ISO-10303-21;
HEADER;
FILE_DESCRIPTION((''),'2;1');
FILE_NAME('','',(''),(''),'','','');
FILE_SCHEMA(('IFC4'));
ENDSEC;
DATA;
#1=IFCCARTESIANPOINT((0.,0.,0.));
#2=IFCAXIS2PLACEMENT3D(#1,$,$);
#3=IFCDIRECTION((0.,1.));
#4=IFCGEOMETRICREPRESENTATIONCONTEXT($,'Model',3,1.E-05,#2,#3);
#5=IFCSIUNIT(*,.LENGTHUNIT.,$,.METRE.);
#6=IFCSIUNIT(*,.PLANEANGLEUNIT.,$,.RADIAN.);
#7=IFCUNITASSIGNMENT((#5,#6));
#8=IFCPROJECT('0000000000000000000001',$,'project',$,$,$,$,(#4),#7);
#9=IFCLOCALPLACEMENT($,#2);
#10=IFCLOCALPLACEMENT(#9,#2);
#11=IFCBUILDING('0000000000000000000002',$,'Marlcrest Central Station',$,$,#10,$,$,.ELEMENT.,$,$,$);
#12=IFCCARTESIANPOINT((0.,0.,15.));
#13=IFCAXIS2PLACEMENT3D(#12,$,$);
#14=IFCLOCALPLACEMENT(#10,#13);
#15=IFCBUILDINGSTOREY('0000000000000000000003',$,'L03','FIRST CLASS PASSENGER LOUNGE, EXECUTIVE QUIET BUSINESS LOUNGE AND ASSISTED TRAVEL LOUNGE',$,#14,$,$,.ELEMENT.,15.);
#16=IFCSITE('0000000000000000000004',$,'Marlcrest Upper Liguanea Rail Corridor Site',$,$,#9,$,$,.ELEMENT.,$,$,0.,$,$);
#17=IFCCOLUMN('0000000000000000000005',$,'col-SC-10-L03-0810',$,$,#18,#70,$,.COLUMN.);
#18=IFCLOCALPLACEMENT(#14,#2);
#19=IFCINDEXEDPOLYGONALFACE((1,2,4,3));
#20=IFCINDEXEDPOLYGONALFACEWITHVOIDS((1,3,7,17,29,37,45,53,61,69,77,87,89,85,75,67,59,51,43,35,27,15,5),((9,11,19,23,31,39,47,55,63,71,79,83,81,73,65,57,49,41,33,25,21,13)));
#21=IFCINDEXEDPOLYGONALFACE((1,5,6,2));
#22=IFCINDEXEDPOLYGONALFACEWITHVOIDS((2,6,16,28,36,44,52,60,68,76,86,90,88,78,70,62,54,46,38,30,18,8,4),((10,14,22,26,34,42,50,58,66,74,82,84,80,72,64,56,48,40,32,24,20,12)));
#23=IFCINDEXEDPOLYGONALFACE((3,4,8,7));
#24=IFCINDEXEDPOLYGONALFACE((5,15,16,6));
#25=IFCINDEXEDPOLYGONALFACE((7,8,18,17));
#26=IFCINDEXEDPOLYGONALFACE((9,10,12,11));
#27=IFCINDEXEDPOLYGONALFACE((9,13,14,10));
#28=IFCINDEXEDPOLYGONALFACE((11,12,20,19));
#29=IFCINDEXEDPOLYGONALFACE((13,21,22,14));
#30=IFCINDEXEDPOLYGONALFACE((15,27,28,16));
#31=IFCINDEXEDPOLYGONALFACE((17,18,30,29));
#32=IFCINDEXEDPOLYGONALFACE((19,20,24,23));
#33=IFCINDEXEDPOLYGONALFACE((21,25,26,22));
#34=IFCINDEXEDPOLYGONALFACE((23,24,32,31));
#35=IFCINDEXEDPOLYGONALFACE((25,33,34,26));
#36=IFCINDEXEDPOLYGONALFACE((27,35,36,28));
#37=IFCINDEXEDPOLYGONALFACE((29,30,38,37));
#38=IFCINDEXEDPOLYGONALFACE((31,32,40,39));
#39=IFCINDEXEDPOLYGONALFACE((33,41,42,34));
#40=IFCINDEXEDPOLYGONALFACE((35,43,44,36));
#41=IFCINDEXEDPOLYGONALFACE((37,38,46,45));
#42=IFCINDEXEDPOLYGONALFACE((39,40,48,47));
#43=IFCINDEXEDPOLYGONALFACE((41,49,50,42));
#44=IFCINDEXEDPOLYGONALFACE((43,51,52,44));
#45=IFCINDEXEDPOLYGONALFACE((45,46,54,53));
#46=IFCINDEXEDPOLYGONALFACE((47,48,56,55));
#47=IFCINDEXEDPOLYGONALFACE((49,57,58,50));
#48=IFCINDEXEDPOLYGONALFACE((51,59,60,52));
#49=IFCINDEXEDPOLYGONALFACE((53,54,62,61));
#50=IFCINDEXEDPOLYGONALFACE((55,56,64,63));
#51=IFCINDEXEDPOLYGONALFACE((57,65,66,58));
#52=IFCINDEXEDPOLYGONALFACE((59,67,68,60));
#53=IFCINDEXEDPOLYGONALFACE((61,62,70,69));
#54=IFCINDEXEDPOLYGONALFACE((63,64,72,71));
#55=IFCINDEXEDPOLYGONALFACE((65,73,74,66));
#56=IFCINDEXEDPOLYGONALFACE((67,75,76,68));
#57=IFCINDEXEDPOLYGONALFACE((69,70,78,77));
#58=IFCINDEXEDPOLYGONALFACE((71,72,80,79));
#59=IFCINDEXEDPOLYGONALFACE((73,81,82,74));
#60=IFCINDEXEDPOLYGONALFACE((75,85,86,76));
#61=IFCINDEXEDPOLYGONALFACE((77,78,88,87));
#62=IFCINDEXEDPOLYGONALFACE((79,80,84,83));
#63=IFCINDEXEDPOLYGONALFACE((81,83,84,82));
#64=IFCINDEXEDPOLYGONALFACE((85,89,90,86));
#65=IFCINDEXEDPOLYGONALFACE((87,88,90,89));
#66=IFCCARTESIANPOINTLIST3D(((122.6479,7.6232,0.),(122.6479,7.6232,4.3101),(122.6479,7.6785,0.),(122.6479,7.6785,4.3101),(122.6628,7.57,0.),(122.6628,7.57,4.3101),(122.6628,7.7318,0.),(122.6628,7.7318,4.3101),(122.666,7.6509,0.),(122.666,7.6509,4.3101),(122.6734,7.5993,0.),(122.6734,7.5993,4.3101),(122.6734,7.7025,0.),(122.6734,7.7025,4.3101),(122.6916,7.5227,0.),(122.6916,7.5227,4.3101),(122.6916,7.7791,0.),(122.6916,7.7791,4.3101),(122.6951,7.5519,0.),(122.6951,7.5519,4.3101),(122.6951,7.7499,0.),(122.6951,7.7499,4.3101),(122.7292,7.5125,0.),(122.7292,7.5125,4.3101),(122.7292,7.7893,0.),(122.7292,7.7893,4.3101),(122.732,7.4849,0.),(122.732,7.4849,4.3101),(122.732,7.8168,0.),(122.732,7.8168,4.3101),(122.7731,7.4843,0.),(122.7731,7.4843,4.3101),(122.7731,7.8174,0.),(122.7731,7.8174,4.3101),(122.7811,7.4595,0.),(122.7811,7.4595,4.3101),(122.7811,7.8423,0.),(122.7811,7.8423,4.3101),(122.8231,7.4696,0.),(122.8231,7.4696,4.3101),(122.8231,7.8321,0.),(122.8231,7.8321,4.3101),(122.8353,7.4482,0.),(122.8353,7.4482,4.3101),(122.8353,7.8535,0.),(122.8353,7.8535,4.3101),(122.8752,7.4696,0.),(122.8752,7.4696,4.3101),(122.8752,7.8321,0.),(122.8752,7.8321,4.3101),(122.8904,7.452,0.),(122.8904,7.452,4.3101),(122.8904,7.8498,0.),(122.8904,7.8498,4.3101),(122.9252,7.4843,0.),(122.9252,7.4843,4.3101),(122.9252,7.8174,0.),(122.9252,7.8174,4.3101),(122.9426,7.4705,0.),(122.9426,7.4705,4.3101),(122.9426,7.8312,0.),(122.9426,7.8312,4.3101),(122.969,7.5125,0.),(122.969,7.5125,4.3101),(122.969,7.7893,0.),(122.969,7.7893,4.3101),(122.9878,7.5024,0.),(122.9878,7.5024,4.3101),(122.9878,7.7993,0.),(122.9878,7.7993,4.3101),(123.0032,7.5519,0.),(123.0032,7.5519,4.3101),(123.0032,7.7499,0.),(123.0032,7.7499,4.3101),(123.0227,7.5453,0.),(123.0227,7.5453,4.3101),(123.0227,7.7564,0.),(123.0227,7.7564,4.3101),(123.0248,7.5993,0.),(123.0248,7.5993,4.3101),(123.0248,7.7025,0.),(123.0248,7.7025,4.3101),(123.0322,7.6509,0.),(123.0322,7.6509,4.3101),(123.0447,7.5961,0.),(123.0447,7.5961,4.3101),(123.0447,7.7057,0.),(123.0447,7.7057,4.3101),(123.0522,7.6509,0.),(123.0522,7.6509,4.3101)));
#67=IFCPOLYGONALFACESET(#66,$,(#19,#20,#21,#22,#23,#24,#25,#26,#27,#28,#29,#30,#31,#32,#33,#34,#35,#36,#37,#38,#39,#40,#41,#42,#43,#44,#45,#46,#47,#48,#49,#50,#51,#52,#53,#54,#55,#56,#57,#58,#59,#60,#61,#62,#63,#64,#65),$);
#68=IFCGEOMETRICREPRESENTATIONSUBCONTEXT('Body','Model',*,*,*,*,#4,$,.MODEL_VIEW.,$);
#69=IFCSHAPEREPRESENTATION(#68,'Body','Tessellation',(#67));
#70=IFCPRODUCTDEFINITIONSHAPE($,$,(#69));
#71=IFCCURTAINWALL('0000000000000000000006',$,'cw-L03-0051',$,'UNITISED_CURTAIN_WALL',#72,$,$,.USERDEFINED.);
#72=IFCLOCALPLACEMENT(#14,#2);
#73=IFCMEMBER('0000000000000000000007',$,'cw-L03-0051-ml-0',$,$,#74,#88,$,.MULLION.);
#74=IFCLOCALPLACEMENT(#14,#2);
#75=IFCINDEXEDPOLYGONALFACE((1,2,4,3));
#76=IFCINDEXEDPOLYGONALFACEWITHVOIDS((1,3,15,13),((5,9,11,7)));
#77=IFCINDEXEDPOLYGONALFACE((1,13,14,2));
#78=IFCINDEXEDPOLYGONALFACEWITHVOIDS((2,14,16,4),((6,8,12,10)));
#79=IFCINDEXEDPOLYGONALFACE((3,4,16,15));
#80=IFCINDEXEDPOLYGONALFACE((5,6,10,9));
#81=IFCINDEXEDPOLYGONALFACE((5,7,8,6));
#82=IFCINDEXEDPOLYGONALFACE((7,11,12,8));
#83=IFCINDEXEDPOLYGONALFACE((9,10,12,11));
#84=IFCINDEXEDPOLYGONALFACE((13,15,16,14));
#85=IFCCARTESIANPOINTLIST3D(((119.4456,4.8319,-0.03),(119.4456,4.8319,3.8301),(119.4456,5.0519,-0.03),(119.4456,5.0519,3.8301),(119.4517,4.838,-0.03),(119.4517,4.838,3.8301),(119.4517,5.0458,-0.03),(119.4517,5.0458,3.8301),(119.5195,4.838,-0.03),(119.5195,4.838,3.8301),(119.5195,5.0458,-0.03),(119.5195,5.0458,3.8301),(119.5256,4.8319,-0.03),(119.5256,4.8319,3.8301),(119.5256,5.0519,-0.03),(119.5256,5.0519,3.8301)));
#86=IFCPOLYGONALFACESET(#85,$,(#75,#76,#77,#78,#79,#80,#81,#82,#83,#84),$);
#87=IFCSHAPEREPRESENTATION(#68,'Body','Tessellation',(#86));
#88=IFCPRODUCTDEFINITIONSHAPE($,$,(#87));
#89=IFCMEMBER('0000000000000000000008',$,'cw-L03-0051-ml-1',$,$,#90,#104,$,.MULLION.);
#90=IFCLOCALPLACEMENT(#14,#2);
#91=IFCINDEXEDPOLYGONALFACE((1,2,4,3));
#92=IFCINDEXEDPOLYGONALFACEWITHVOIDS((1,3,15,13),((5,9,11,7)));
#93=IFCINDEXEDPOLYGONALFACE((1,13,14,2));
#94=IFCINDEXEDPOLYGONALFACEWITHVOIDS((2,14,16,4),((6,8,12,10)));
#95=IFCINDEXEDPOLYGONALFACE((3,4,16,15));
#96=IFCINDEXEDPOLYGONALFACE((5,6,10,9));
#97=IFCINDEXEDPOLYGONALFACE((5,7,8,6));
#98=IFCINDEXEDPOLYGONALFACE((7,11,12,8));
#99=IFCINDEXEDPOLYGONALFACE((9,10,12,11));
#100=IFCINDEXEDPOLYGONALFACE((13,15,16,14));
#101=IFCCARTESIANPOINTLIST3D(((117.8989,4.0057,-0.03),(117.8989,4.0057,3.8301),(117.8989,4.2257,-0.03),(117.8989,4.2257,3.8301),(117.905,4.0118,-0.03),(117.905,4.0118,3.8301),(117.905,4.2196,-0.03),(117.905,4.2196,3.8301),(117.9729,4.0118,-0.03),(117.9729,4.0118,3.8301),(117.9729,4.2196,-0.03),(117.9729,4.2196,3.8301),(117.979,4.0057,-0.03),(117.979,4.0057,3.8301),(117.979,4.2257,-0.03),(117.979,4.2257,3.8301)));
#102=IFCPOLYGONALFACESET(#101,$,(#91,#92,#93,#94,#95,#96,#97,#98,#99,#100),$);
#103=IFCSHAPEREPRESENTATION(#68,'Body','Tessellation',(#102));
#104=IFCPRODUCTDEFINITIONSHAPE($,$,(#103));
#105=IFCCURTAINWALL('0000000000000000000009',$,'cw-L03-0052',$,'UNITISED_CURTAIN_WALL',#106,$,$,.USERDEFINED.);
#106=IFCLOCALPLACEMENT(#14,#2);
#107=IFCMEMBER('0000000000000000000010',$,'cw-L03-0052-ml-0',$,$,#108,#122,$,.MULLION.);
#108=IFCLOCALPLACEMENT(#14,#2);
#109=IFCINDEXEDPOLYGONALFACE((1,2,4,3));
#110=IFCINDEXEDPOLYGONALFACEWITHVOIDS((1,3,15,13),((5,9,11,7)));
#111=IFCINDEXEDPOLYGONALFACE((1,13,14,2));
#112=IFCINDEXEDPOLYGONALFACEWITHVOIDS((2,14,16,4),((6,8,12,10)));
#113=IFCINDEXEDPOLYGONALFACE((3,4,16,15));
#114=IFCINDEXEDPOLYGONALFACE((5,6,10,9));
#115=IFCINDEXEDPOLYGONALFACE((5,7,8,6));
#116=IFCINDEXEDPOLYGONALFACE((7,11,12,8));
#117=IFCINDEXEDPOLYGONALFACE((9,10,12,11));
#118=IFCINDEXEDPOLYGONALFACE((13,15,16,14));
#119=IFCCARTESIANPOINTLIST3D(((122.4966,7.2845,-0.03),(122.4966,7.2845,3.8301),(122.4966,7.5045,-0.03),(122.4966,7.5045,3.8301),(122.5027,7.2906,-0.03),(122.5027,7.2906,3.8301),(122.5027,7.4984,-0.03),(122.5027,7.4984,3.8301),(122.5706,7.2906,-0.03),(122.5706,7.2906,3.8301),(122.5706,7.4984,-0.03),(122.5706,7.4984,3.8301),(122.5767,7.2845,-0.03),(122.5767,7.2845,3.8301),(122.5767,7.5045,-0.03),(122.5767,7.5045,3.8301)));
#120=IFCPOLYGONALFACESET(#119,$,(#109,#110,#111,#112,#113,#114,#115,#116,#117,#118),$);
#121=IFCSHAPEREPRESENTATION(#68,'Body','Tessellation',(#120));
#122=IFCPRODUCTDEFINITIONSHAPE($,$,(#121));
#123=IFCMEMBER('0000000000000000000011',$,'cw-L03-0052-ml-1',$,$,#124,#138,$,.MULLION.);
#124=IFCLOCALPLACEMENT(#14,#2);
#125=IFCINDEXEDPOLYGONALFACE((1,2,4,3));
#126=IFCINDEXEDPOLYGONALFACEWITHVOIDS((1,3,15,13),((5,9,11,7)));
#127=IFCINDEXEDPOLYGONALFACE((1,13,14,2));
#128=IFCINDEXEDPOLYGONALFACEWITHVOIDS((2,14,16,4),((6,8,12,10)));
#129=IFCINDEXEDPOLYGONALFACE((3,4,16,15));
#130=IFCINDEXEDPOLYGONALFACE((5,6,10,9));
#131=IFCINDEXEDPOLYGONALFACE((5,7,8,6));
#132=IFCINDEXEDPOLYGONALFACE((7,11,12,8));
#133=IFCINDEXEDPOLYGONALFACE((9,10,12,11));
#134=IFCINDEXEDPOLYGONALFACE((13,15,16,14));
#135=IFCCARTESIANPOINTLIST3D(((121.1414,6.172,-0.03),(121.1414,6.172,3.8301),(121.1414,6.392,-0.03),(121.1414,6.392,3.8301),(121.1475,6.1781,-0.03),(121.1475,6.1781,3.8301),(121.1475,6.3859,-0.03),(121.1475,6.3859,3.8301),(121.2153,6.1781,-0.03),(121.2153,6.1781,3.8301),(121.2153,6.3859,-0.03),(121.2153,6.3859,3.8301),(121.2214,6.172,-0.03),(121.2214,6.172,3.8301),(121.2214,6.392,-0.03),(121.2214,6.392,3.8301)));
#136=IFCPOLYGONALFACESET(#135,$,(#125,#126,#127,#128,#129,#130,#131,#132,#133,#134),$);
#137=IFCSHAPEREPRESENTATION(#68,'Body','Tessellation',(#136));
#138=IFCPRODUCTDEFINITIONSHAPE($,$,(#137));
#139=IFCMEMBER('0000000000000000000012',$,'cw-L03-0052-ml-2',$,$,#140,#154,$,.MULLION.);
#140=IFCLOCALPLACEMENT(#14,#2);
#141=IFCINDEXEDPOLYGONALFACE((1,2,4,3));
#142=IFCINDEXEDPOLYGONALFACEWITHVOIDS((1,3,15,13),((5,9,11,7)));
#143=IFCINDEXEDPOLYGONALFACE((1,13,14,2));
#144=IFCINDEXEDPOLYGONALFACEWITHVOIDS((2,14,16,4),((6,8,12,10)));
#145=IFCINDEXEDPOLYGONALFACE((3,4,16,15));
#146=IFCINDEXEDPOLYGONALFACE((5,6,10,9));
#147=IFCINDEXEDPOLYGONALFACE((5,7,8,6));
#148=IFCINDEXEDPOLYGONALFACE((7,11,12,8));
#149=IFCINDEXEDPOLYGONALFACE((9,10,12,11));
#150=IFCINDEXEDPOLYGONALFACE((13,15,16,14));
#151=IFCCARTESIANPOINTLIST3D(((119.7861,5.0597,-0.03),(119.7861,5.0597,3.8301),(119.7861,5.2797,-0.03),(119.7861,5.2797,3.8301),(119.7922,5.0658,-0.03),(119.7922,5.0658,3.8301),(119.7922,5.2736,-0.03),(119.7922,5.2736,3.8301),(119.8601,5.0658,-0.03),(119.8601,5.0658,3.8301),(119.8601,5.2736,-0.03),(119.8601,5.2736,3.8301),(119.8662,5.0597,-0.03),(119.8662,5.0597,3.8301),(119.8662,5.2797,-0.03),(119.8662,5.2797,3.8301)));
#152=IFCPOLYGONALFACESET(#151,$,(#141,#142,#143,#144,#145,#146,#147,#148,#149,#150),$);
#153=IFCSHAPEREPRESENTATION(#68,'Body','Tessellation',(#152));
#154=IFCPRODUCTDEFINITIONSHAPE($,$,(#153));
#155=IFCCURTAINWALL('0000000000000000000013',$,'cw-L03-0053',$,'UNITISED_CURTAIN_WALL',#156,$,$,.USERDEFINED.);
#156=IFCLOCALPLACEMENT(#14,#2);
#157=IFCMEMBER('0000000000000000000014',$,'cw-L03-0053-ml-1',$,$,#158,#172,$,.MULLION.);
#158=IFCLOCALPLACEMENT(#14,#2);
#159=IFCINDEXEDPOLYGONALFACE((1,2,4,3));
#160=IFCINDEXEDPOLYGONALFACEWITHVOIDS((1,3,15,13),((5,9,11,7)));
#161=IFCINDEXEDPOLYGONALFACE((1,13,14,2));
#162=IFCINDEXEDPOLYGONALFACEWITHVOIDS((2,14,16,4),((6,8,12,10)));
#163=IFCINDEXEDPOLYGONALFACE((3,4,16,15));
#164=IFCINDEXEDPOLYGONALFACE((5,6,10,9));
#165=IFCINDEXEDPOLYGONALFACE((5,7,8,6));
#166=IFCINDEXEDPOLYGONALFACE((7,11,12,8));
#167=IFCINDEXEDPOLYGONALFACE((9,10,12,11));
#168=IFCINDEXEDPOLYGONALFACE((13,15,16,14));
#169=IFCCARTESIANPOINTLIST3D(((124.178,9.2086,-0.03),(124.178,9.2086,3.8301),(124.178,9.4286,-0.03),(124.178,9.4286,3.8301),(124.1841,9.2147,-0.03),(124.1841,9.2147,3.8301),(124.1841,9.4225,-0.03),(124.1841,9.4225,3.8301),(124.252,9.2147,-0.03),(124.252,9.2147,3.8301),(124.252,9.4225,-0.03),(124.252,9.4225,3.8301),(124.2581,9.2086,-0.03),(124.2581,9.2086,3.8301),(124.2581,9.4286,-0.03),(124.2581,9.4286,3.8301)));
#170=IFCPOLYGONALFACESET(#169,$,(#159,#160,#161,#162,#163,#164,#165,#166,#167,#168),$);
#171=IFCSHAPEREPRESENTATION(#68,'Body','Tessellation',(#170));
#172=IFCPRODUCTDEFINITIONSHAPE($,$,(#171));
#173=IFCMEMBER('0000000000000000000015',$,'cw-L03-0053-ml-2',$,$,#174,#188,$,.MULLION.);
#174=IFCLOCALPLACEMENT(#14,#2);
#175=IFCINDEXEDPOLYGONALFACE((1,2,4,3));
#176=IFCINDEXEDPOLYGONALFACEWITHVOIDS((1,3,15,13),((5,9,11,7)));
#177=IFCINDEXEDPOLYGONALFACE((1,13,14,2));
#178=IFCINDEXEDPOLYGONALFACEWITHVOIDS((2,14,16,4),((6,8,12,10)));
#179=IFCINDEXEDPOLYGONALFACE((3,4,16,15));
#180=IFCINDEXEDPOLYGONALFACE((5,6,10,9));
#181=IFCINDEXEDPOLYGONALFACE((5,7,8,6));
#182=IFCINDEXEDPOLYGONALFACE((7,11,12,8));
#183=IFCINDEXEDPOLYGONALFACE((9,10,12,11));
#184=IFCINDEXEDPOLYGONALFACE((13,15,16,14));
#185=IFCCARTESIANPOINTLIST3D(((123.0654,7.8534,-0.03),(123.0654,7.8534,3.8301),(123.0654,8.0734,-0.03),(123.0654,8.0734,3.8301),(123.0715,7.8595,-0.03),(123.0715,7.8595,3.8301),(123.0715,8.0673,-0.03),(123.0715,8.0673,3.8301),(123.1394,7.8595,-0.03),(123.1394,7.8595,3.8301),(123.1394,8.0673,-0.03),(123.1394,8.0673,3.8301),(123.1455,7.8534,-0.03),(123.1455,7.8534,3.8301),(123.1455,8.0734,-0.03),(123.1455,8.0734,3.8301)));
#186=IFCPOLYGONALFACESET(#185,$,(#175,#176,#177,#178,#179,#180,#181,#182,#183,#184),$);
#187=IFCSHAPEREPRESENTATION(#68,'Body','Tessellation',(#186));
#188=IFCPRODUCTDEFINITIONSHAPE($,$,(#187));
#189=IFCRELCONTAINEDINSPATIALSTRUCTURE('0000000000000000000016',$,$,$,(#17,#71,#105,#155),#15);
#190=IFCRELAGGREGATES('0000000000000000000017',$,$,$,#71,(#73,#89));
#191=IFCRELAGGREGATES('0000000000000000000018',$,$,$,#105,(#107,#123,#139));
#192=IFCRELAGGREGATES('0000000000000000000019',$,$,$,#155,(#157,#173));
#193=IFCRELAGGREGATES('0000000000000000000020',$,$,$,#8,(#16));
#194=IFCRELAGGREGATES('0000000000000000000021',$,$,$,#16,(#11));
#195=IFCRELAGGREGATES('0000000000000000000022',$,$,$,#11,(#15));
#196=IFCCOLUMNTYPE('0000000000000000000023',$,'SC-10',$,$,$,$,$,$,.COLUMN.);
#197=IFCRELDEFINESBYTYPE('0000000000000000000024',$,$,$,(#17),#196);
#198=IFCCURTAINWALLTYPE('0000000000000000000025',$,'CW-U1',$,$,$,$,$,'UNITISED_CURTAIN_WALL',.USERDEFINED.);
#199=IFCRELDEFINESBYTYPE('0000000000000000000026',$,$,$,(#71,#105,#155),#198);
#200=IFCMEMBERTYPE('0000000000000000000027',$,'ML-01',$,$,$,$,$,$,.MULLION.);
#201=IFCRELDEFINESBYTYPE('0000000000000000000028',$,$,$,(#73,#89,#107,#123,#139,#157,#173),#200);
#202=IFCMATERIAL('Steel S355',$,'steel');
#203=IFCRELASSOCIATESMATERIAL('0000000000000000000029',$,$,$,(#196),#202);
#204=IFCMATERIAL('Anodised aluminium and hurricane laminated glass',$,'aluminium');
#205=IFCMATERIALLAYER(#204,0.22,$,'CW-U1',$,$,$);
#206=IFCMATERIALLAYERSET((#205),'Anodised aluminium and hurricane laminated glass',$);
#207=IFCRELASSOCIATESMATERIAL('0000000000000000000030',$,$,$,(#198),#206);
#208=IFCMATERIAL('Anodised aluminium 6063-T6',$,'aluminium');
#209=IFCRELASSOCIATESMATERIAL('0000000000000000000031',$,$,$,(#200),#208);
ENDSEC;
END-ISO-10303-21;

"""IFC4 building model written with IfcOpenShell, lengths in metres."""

from ifc_helpers import new_model, si_unit, direction, frame, origin, origin_2d, place, context, subcontext, project, spatial, hollow_rectangle, hollow_circle, extrude, material, layer, layer_set, material_profile, profile_set, type_object, element, aggregate, save


model = new_model("IFC4")

# Units and contexts
model_context = context("Model", 3, precision=1e-05, world=origin(), true_north=direction((0.0, 1.0)))
body_context = subcontext(model_context, "Body", "Model", "MODEL_VIEW")
ifc_project = project(units=[si_unit("LENGTHUNIT", "METRE"), si_unit("PLANEANGLEUNIT", "RADIAN")], contexts=[model_context])

# Site, building, storey
site_placement = place(None, origin())
site = spatial("IfcSite", under=ifc_project, at=site_placement, Name="Marlcrest Upper Liguanea Rail Corridor Site", CompositionType="ELEMENT", RefElevation=0.0)
building_placement = place(site_placement, origin())
building = spatial("IfcBuilding", under=site, at=building_placement, Name="Marlcrest Central Station", CompositionType="ELEMENT")
storey_placement = place(building_placement, frame((0.0, 0.0, 15.0)))
storey = spatial("IfcBuildingStorey", under=building, at=storey_placement, Name="L03", Description="FIRST CLASS PASSENGER LOUNGE, EXECUTIVE QUIET BUSINESS LOUNGE AND ASSISTED TRAVEL LOUNGE", CompositionType="ELEMENT", Elevation=15.0)

# Column
ifc_material_1 = material(Name="Steel S355", Category="steel")
ifc_material_profile_1 = material_profile(ifc_material_1, hollow_circle(Radius=0.2031, WallThickness=0.02, at=origin_2d()), Name="CHS 406.4x20")
ifc_profile_set_1 = profile_set([ifc_material_profile_1], Name="Steel S355")
column_type = type_object("IfcColumnType", Name="SC-10", PredefinedType="COLUMN", material=ifc_profile_set_1)
column_placement = place(storey_placement, frame((122.8491, 7.6509, 0.0), z_axis=(0.0, 0.0, 1.0), x_axis=(1.0, 0.0, 0.0)))
element("IfcColumn", 1, at=column_placement, inside=storey, type_object=column_type, Name="col-SC-10-L03-0810", PredefinedType="COLUMN", context=body_context, shape_type="SweptSolid", body=[
    extrude(hollow_circle(Radius=0.2031, WallThickness=0.02, at=origin_2d()), origin(), (0.0, 0.0, 1.0), 4.3101),
])

# Curtain walls, members
ifc_material_2 = material(Name="Anodised aluminium and hurricane laminated glass", Category="aluminium")
ifc_layer_1 = layer(ifc_material_2, 0.22, Name="CW-U1")
ifc_layer_set_1 = layer_set([ifc_layer_1], Name="Anodised aluminium and hurricane laminated glass")
curtain_wall_type = type_object("IfcCurtainWallType", Name="CW-U1", ElementType="UNITISED_CURTAIN_WALL", PredefinedType="USERDEFINED", material=ifc_layer_set_1)
curtain_wall_1_placement = place(storey_placement, origin())
curtain_wall_1 = element("IfcCurtainWall", 2, at=curtain_wall_1_placement, inside=storey, type_object=curtain_wall_type, Name="cw-L03-0051", ObjectType="UNITISED_CURTAIN_WALL", PredefinedType="USERDEFINED")
ifc_material_3 = material(Name="Anodised aluminium 6063-T6", Category="aluminium")
ifc_material_profile_2 = material_profile(ifc_material_3, hollow_rectangle(XDim=0.0801, YDim=0.22, WallThickness=0.0061, at=origin_2d()), Name="AA-RHS 220x80x6")
ifc_profile_set_2 = profile_set([ifc_material_profile_2], Name="Anodised aluminium 6063-T6")
member_type_1 = type_object("IfcMemberType", Name="ML-01", PredefinedType="MULLION", material=ifc_profile_set_2)
member_1_placement = place(storey_placement, frame((119.4856, 4.9419, -0.03), z_axis=(0.0, 0.0, 1.0), x_axis=(1.0, 0.0, 0.0)))
member_1 = element("IfcMember", 3, at=member_1_placement, type_object=member_type_1, Name="cw-L03-0051-ml-0", PredefinedType="MULLION", context=body_context, shape_type="SweptSolid", body=[
    extrude(hollow_rectangle(XDim=0.0801, YDim=0.22, WallThickness=0.0061, at=origin_2d()), origin(), (0.0, 0.0, 1.0), 3.8601),
])
member_2_placement = place(storey_placement, frame((117.939, 4.1157, -0.03), z_axis=(0.0, 0.0, 1.0), x_axis=(1.0, 0.0, 0.0)))
member_2 = element("IfcMember", 4, at=member_2_placement, type_object=member_type_1, Name="cw-L03-0051-ml-1", PredefinedType="MULLION", context=body_context, shape_type="SweptSolid", body=[
    extrude(hollow_rectangle(XDim=0.0801, YDim=0.22, WallThickness=0.0061, at=origin_2d()), origin(), (0.0, 0.0, 1.0), 3.8601),
])
curtain_wall_2_placement = place(storey_placement, origin())
curtain_wall_2 = element("IfcCurtainWall", 5, at=curtain_wall_2_placement, inside=storey, type_object=curtain_wall_type, Name="cw-L03-0052", ObjectType="UNITISED_CURTAIN_WALL", PredefinedType="USERDEFINED")
member_3_placement = place(storey_placement, frame((122.5366, 7.3945, -0.03), z_axis=(0.0, 0.0, 1.0), x_axis=(1.0, 0.0, 0.0)))
member_3 = element("IfcMember", 6, at=member_3_placement, type_object=member_type_1, Name="cw-L03-0052-ml-0", PredefinedType="MULLION", context=body_context, shape_type="SweptSolid", body=[
    extrude(hollow_rectangle(XDim=0.0801, YDim=0.22, WallThickness=0.0061, at=origin_2d()), origin(), (0.0, 0.0, 1.0), 3.8601),
])
member_4_placement = place(storey_placement, frame((121.1814, 6.282, -0.03), z_axis=(0.0, 0.0, 1.0), x_axis=(1.0, 0.0, 0.0)))
member_4 = element("IfcMember", 7, at=member_4_placement, type_object=member_type_1, Name="cw-L03-0052-ml-1", PredefinedType="MULLION", context=body_context, shape_type="SweptSolid", body=[
    extrude(hollow_rectangle(XDim=0.0801, YDim=0.22, WallThickness=0.0061, at=origin_2d()), origin(), (0.0, 0.0, 1.0), 3.8601),
])
member_5_placement = place(storey_placement, frame((119.8262, 5.1697, -0.03), z_axis=(0.0, 0.0, 1.0), x_axis=(1.0, 0.0, 0.0)))
member_5 = element("IfcMember", 8, at=member_5_placement, type_object=member_type_1, Name="cw-L03-0052-ml-2", PredefinedType="MULLION", context=body_context, shape_type="SweptSolid", body=[
    extrude(hollow_rectangle(XDim=0.0801, YDim=0.22, WallThickness=0.0061, at=origin_2d()), origin(), (0.0, 0.0, 1.0), 3.8601),
])
curtain_wall_3_placement = place(storey_placement, origin())
curtain_wall_3 = element("IfcCurtainWall", 9, at=curtain_wall_3_placement, inside=storey, type_object=curtain_wall_type, Name="cw-L03-0053", ObjectType="UNITISED_CURTAIN_WALL", PredefinedType="USERDEFINED")
member_6_placement = place(storey_placement, frame((124.218, 9.3186, -0.03), z_axis=(0.0, 0.0, 1.0), x_axis=(1.0, 0.0, 0.0)))
member_6 = element("IfcMember", 10, at=member_6_placement, type_object=member_type_1, Name="cw-L03-0053-ml-1", PredefinedType="MULLION", context=body_context, shape_type="SweptSolid", body=[
    extrude(hollow_rectangle(XDim=0.0801, YDim=0.22, WallThickness=0.0061, at=origin_2d()), origin(), (0.0, 0.0, 1.0), 3.8601),
])
member_7_placement = place(storey_placement, frame((123.1055, 7.9634, -0.03), z_axis=(0.0, 0.0, 1.0), x_axis=(1.0, 0.0, 0.0)))
member_7 = element("IfcMember", 11, at=member_7_placement, type_object=member_type_1, Name="cw-L03-0053-ml-2", PredefinedType="MULLION", context=body_context, shape_type="SweptSolid", body=[
    extrude(hollow_rectangle(XDim=0.0801, YDim=0.22, WallThickness=0.0061, at=origin_2d()), origin(), (0.0, 0.0, 1.0), 3.8601),
])

aggregate(curtain_wall_1, [member_1, member_2])
aggregate(curtain_wall_2, [member_3, member_4, member_5])
aggregate(curtain_wall_3, [member_6, member_7])

save(model, "model.ifc")
